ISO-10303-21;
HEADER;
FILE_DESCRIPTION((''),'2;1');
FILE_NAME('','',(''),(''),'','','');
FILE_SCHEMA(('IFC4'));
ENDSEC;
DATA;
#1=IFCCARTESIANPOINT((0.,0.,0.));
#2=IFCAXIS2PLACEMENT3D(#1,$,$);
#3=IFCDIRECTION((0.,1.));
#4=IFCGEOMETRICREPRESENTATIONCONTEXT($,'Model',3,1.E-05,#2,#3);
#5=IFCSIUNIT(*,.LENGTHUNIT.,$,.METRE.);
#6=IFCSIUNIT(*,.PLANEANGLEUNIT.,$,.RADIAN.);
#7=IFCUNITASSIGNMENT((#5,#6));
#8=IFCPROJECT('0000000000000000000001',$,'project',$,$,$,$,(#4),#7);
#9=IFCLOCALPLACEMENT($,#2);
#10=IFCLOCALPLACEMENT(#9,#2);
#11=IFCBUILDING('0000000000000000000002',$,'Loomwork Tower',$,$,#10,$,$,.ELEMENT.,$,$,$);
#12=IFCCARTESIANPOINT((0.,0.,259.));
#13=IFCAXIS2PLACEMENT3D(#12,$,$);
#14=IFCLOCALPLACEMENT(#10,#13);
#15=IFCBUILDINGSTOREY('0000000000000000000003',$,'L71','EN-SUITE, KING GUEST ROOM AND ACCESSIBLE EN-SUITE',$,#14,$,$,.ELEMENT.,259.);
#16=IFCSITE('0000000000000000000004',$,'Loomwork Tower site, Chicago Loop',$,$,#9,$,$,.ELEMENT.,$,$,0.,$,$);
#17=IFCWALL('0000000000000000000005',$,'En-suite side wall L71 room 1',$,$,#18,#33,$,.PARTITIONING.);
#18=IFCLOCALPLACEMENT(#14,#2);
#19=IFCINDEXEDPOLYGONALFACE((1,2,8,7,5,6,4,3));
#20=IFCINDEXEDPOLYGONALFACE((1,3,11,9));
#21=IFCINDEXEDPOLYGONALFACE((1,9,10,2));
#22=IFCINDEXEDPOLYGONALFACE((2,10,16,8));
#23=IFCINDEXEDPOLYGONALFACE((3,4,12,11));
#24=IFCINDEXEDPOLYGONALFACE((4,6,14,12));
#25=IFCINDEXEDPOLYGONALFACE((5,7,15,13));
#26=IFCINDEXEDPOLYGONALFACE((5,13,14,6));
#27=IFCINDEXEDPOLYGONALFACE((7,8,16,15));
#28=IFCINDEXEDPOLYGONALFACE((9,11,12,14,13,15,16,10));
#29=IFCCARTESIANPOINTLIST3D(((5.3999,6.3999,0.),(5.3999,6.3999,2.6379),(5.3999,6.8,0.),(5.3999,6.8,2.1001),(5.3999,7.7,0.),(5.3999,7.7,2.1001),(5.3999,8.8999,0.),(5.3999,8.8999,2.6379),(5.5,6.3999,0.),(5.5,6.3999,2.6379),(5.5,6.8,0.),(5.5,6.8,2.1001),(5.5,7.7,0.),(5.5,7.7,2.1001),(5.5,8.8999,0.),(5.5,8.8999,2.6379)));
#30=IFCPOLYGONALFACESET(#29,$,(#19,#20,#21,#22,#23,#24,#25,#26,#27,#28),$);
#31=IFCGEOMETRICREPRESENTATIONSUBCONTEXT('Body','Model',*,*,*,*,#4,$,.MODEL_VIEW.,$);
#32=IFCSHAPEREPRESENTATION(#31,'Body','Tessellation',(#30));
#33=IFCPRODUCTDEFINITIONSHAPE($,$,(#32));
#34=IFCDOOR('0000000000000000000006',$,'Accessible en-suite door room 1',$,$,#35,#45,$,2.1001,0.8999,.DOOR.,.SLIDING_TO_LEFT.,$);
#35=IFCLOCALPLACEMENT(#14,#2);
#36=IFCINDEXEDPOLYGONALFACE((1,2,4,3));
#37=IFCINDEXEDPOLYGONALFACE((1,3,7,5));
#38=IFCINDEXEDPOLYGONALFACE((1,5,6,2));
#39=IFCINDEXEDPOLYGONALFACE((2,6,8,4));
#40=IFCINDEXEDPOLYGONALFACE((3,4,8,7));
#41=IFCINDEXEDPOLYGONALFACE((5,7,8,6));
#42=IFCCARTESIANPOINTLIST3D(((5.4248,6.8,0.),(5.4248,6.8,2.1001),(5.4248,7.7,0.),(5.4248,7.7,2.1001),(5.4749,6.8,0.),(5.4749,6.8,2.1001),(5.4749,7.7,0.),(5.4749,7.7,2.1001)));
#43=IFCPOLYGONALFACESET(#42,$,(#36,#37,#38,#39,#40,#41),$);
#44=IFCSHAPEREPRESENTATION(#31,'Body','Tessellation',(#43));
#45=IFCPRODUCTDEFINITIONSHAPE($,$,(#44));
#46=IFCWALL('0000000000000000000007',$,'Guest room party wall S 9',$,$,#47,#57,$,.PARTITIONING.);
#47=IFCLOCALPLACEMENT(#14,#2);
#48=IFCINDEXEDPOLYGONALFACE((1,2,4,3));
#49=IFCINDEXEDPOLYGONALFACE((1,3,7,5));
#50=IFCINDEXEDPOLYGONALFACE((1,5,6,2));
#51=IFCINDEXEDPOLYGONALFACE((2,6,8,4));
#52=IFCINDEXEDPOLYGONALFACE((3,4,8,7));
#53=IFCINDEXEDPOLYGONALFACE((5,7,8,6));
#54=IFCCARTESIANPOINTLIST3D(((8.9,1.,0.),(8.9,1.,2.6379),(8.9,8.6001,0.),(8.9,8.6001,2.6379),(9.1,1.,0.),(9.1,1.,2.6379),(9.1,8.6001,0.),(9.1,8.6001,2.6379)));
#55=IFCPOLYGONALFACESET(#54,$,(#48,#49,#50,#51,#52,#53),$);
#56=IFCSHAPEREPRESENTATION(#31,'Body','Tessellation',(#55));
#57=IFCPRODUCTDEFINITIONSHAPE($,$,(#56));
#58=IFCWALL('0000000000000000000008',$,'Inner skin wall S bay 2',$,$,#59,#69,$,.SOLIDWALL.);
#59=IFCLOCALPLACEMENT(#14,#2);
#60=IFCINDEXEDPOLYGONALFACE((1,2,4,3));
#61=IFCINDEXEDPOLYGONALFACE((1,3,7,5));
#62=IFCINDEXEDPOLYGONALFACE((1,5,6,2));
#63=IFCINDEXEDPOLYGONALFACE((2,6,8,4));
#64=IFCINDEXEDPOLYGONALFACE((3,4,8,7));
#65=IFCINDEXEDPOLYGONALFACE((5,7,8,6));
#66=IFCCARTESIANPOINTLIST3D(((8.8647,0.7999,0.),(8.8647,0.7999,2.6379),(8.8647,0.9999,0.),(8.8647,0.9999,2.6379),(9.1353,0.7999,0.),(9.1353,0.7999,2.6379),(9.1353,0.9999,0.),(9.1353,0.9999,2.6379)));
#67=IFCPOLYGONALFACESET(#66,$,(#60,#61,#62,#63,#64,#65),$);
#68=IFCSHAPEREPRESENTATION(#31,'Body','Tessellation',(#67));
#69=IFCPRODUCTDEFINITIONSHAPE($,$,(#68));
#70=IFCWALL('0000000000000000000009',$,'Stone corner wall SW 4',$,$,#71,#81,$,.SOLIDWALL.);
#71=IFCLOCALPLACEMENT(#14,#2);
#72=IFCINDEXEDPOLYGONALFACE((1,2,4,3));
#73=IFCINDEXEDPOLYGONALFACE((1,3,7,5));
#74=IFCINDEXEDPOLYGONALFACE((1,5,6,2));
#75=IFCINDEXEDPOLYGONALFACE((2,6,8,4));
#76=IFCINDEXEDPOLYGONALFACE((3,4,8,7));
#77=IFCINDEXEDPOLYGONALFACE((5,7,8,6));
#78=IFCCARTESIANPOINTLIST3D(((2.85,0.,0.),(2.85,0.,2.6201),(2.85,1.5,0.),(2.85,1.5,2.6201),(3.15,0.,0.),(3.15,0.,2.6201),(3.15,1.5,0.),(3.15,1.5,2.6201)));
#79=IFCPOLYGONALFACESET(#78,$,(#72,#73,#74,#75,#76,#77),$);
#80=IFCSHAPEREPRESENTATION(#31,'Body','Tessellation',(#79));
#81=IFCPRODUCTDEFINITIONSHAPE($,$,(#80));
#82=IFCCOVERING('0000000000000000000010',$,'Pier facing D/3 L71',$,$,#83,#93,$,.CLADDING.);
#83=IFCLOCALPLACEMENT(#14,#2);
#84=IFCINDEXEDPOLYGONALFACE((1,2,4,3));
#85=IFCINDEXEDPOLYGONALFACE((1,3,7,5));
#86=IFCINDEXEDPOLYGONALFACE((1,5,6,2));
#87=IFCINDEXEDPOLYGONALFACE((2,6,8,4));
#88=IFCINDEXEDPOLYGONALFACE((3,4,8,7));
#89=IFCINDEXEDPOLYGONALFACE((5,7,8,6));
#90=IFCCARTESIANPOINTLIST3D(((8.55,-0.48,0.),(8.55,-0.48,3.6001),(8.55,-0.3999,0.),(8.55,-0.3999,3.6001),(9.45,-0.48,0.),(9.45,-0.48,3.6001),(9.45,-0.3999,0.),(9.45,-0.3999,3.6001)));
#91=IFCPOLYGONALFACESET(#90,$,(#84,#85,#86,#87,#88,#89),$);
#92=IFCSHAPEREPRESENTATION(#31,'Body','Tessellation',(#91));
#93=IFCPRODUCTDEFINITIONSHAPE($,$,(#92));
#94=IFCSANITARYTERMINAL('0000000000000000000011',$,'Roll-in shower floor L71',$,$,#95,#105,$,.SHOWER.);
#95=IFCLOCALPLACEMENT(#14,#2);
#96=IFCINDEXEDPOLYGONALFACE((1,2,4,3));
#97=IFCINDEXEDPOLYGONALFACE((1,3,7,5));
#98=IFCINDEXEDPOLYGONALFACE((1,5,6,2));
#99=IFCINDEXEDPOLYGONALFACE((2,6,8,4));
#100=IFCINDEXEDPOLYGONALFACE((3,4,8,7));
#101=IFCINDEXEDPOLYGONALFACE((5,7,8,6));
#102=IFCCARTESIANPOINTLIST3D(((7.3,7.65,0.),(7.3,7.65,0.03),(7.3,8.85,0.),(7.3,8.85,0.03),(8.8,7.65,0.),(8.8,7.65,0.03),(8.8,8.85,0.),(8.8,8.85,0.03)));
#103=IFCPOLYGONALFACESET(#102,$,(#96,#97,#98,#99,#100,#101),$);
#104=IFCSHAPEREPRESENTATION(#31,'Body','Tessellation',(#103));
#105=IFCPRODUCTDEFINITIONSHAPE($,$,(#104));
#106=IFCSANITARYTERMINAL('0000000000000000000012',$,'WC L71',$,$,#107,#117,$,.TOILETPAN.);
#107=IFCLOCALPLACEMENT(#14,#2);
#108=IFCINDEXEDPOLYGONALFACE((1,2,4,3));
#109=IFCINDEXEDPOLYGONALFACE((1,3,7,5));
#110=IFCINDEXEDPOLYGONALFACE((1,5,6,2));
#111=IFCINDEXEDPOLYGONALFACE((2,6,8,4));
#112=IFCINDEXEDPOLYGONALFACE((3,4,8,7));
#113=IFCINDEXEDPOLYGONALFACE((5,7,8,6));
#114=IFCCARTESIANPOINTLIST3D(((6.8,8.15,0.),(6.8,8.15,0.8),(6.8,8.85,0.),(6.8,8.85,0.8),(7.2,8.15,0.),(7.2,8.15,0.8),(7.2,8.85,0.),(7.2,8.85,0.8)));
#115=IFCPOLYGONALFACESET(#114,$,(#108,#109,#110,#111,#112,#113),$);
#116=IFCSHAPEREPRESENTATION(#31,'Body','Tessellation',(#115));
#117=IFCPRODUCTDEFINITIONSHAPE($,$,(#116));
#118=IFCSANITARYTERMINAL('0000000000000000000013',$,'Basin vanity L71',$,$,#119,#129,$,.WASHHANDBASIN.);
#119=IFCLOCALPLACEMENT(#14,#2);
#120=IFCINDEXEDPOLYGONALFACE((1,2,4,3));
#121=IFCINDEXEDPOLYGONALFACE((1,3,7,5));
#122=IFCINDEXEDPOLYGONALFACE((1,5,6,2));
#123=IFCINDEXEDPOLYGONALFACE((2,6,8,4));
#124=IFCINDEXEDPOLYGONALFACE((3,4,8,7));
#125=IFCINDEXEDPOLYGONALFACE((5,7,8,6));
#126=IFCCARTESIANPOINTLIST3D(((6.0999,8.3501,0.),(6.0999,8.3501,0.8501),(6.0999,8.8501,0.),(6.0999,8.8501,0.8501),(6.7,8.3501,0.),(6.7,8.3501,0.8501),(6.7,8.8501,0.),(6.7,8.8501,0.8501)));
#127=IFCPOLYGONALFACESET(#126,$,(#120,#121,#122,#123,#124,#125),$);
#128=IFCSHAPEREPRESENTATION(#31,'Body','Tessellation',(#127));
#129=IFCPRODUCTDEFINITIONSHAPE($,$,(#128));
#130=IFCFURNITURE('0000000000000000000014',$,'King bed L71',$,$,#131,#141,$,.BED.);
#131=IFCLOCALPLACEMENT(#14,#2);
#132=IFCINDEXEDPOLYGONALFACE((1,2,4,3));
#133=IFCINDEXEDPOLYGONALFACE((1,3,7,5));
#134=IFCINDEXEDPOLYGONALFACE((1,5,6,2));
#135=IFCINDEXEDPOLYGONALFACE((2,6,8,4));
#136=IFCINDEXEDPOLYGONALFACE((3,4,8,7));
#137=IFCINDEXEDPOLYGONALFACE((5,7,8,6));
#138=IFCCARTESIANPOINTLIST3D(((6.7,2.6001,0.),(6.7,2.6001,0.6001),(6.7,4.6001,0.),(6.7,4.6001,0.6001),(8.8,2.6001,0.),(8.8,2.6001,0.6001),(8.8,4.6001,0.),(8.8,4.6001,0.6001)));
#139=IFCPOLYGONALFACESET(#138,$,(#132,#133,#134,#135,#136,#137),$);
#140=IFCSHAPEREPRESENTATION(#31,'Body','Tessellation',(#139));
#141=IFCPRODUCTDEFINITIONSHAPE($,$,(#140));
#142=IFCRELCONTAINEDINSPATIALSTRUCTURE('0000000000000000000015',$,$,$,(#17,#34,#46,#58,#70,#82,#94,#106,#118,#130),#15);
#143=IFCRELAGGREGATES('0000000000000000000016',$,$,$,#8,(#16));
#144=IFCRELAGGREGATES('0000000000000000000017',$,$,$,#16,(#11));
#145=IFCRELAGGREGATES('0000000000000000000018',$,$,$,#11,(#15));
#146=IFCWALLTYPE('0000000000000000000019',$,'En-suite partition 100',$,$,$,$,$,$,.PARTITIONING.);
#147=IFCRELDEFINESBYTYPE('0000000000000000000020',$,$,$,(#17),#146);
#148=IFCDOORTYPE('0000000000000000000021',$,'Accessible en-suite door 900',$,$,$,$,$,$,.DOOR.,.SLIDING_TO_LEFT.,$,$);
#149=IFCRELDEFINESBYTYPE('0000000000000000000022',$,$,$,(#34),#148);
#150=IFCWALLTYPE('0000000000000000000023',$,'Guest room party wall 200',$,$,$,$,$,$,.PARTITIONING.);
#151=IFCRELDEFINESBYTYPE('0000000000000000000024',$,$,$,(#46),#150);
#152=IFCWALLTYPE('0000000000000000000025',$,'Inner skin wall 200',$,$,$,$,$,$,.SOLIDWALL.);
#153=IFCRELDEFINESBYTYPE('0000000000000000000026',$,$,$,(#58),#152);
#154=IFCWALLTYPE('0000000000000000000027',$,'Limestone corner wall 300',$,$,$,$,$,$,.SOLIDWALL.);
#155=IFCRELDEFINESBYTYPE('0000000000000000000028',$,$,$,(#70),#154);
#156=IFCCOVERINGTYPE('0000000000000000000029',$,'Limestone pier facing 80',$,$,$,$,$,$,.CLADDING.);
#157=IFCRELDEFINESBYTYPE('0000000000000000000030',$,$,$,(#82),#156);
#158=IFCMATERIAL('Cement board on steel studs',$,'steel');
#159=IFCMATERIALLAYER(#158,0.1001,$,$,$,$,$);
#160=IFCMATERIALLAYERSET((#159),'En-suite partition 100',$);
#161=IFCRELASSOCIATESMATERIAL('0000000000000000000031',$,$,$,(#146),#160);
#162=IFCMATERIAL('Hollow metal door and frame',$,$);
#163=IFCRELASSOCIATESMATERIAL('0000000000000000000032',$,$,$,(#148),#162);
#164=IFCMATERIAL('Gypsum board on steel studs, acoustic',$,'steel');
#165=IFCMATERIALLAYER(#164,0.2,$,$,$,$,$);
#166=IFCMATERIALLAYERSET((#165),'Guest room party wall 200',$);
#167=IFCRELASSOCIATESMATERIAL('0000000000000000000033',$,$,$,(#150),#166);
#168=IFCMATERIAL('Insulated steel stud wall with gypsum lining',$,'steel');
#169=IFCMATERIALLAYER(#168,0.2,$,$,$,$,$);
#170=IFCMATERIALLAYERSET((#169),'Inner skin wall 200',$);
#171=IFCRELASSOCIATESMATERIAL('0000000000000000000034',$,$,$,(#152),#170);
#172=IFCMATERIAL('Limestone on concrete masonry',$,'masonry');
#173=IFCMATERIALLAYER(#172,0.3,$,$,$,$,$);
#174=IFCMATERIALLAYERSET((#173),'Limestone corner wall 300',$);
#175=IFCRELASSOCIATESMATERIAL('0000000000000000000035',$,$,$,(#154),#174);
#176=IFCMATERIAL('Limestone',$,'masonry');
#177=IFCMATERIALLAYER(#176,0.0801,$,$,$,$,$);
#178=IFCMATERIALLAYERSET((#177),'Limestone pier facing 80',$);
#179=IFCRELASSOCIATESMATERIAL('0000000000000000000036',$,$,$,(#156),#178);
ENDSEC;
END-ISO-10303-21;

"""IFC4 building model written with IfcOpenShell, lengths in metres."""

from ifc_helpers import new_model, si_unit, direction, frame, frame_2d, origin, origin_2d, place, context, subcontext, project, spatial, rectangle, extrude, material, layer, layer_set, type_object, element, fill, save


model = new_model("IFC4")

# Units and contexts
model_context = context("Model", 3, precision=1e-05, world=origin(), true_north=direction((0.0, 1.0)))
body_context = subcontext(model_context, "Body", "Model", "MODEL_VIEW")
ifc_project = project(units=[si_unit("LENGTHUNIT", "METRE"), si_unit("PLANEANGLEUNIT", "RADIAN")], contexts=[model_context])

# Site, building, storey
site_placement = place(None, origin())
site = spatial("IfcSite", under=ifc_project, at=site_placement, Name="Loomwork Tower site, Chicago Loop", CompositionType="ELEMENT", RefElevation=0.0)
building_placement = place(site_placement, origin())
building = spatial("IfcBuilding", under=site, at=building_placement, Name="Loomwork Tower", CompositionType="ELEMENT")
storey_placement = place(building_placement, frame((0.0, 0.0, 259.0)))
storey = spatial("IfcBuildingStorey", under=building, at=storey_placement, Name="L71", Description="EN-SUITE, KING GUEST ROOM AND ACCESSIBLE EN-SUITE", CompositionType="ELEMENT", Elevation=259.0)

# Shared definitions
ifc_material_1 = material(Name="Cement board on steel studs", Category="steel")
ifc_layer_1 = layer(ifc_material_1, 0.1001)
ifc_layer_set_1 = layer_set([ifc_layer_1], Name="En-suite partition 100")
wall_type_1 = type_object("IfcWallType", Name="En-suite partition 100", PredefinedType="PARTITIONING", material=ifc_layer_set_1)

# Wall, opening, door
wall_1_placement = place(storey_placement, frame((5.45, 8.8999, 0.0), z_axis=(0.0, 0.0, 1.0), x_axis=(0.0, -1.0, 0.0)))
wall_1 = element("IfcWall", 1, at=wall_1_placement, inside=storey, type_object=wall_type_1, Name="En-suite side wall L71 room 1", PredefinedType="PARTITIONING", context=body_context, shape_type="SweptSolid", body=[
    extrude(rectangle(XDim=2.5, YDim=0.1001, at=frame_2d((1.25, 0.0))), origin(), (0.0, 0.0, 1.0), 2.6379),
])
opening_placement = place(wall_1_placement, frame((1.2, 0.0, 0.0)))
opening = element("IfcOpeningElement", 2, at=opening_placement, cuts=wall_1, PredefinedType="OPENING", context=body_context, shape_type="SweptSolid", body=[
    extrude(rectangle(XDim=0.8999, YDim=2.1001, at=frame_2d((0.45, 1.05))), frame((0.0, 0.0601, 0.0), z_axis=(0.0, -1.0, 0.0), x_axis=(1.0, 0.0, 0.0)), (0.0, 0.0, 1.0), 0.1201),
])
ifc_material_2 = material(Name="Hollow metal door and frame")
door_type = type_object("IfcDoorType", Name="Accessible en-suite door 900", OperationType="SLIDING_TO_LEFT", PredefinedType="DOOR", material=ifc_material_2)
door_placement = place(opening_placement, origin())
door = element("IfcDoor", 3, at=door_placement, inside=storey, type_object=door_type, Name="Accessible en-suite door room 1", OperationType="SLIDING_TO_LEFT", OverallHeight=2.1001, OverallWidth=0.8999, PredefinedType="DOOR", context=body_context, shape_type="SweptSolid", body=[
    extrude(rectangle(XDim=0.8999, YDim=2.1001, at=frame_2d((0.45, 1.05))), frame((0.0, 0.0249, 0.0), z_axis=(0.0, -1.0, 0.0), x_axis=(1.0, 0.0, 0.0)), (0.0, 0.0, 1.0), 0.05),
])
fill(opening, door)

# Walls
ifc_material_3 = material(Name="Gypsum board on steel studs, acoustic", Category="steel")
ifc_layer_2 = layer(ifc_material_3, 0.2)
ifc_layer_set_2 = layer_set([ifc_layer_2], Name="Guest room party wall 200")
wall_type_2 = type_object("IfcWallType", Name="Guest room party wall 200", PredefinedType="PARTITIONING", material=ifc_layer_set_2)
wall_2_placement = place(storey_placement, frame((9.0, 8.6001, 0.0), z_axis=(0.0, 0.0, 1.0), x_axis=(0.0, -1.0, 0.0)))
element("IfcWall", 4, at=wall_2_placement, inside=storey, type_object=wall_type_2, Name="Guest room party wall S 9", PredefinedType="PARTITIONING", context=body_context, shape_type="SweptSolid", body=[
    extrude(rectangle(XDim=7.6001, YDim=0.2, at=frame_2d((3.8, 0.0))), origin(), (0.0, 0.0, 1.0), 2.6379),
])
ifc_material_4 = material(Name="Insulated steel stud wall with gypsum lining", Category="steel")
ifc_layer_3 = layer(ifc_material_4, 0.2)
ifc_layer_set_3 = layer_set([ifc_layer_3], Name="Inner skin wall 200")
wall_type_3 = type_object("IfcWallType", Name="Inner skin wall 200", PredefinedType="SOLIDWALL", material=ifc_layer_set_3)
wall_3_placement = place(storey_placement, frame((8.8647, 0.8999, 0.0), z_axis=(0.0, 0.0, 1.0), x_axis=(1.0, 0.0, 0.0)))
element("IfcWall", 5, at=wall_3_placement, inside=storey, type_object=wall_type_3, Name="Inner skin wall S bay 2", PredefinedType="SOLIDWALL", context=body_context, shape_type="SweptSolid", body=[
    extrude(rectangle(XDim=0.2705, YDim=0.2, at=frame_2d((0.1353, 0.0))), origin(), (0.0, 0.0, 1.0), 2.6379),
])
ifc_material_5 = material(Name="Limestone on concrete masonry", Category="masonry")
ifc_layer_4 = layer(ifc_material_5, 0.3)
ifc_layer_set_4 = layer_set([ifc_layer_4], Name="Limestone corner wall 300")
wall_type_4 = type_object("IfcWallType", Name="Limestone corner wall 300", PredefinedType="SOLIDWALL", material=ifc_layer_set_4)
wall_4_placement = place(storey_placement, frame((3.0, 1.5, 0.0), z_axis=(0.0, 0.0, 1.0), x_axis=(0.0, -1.0, 0.0)))
element("IfcWall", 6, at=wall_4_placement, inside=storey, type_object=wall_type_4, Name="Stone corner wall SW 4", PredefinedType="SOLIDWALL", context=body_context, shape_type="SweptSolid", body=[
    extrude(rectangle(XDim=1.5, YDim=0.3, at=frame_2d((0.75, 0.0))), origin(), (0.0, 0.0, 1.0), 2.6201),
])

# Covering
ifc_material_6 = material(Name="Limestone", Category="masonry")
ifc_layer_5 = layer(ifc_material_6, 0.0801)
ifc_layer_set_5 = layer_set([ifc_layer_5], Name="Limestone pier facing 80")
covering_type = type_object("IfcCoveringType", Name="Limestone pier facing 80", PredefinedType="CLADDING", material=ifc_layer_set_5)
covering_placement = place(storey_placement, frame((9.0, -0.4399, 0.0), z_axis=(0.0, 0.0, 1.0), x_axis=(1.0, 0.0, 0.0)))
element("IfcCovering", 7, at=covering_placement, inside=storey, type_object=covering_type, Name="Pier facing D/3 L71", PredefinedType="CLADDING", context=body_context, shape_type="SweptSolid", body=[
    extrude(rectangle(XDim=0.8999, YDim=0.0801, at=origin_2d()), origin(), (0.0, 0.0, 1.0), 3.6001),
])

# Sanitary terminals
sanitary_terminal_1_placement = place(storey_placement, frame((8.05, 8.25, 0.0), z_axis=(0.0, 0.0, 1.0), x_axis=(1.0, 0.0, 0.0)))
element("IfcSanitaryTerminal", 8, at=sanitary_terminal_1_placement, inside=storey, Name="Roll-in shower floor L71", PredefinedType="SHOWER", context=body_context, shape_type="SweptSolid", body=[
    extrude(rectangle(XDim=1.5, YDim=1.2, at=origin_2d()), origin(), (0.0, 0.0, 1.0), 0.03),
])
sanitary_terminal_2_placement = place(storey_placement, frame((7.0, 8.5, 0.0), z_axis=(0.0, 0.0, 1.0), x_axis=(1.0, 0.0, 0.0)))
element("IfcSanitaryTerminal", 9, at=sanitary_terminal_2_placement, inside=storey, Name="WC L71", PredefinedType="TOILETPAN", context=body_context, shape_type="SweptSolid", body=[
    extrude(rectangle(XDim=0.3999, YDim=0.7, at=origin_2d()), origin(), (0.0, 0.0, 1.0), 0.8),
])
sanitary_terminal_3_placement = place(storey_placement, frame((6.3999, 8.6001, 0.0), z_axis=(0.0, 0.0, 1.0), x_axis=(1.0, 0.0, 0.0)))
element("IfcSanitaryTerminal", 10, at=sanitary_terminal_3_placement, inside=storey, Name="Basin vanity L71", PredefinedType="WASHHANDBASIN", context=body_context, shape_type="SweptSolid", body=[
    extrude(rectangle(XDim=0.6001, YDim=0.5, at=origin_2d()), origin(), (0.0, 0.0, 1.0), 0.8501),
])

# Furniture
furniture_placement = place(storey_placement, frame((7.75, 3.6001, 0.0), z_axis=(0.0, 0.0, 1.0), x_axis=(1.0, 0.0, 0.0)))
element("IfcFurniture", 11, at=furniture_placement, inside=storey, Name="King bed L71", PredefinedType="BED", context=body_context, shape_type="SweptSolid", body=[
    extrude(rectangle(XDim=2.1001, YDim=2.0, at=origin_2d()), origin(), (0.0, 0.0, 1.0), 0.6001),
])

save(model, "model.ifc")
